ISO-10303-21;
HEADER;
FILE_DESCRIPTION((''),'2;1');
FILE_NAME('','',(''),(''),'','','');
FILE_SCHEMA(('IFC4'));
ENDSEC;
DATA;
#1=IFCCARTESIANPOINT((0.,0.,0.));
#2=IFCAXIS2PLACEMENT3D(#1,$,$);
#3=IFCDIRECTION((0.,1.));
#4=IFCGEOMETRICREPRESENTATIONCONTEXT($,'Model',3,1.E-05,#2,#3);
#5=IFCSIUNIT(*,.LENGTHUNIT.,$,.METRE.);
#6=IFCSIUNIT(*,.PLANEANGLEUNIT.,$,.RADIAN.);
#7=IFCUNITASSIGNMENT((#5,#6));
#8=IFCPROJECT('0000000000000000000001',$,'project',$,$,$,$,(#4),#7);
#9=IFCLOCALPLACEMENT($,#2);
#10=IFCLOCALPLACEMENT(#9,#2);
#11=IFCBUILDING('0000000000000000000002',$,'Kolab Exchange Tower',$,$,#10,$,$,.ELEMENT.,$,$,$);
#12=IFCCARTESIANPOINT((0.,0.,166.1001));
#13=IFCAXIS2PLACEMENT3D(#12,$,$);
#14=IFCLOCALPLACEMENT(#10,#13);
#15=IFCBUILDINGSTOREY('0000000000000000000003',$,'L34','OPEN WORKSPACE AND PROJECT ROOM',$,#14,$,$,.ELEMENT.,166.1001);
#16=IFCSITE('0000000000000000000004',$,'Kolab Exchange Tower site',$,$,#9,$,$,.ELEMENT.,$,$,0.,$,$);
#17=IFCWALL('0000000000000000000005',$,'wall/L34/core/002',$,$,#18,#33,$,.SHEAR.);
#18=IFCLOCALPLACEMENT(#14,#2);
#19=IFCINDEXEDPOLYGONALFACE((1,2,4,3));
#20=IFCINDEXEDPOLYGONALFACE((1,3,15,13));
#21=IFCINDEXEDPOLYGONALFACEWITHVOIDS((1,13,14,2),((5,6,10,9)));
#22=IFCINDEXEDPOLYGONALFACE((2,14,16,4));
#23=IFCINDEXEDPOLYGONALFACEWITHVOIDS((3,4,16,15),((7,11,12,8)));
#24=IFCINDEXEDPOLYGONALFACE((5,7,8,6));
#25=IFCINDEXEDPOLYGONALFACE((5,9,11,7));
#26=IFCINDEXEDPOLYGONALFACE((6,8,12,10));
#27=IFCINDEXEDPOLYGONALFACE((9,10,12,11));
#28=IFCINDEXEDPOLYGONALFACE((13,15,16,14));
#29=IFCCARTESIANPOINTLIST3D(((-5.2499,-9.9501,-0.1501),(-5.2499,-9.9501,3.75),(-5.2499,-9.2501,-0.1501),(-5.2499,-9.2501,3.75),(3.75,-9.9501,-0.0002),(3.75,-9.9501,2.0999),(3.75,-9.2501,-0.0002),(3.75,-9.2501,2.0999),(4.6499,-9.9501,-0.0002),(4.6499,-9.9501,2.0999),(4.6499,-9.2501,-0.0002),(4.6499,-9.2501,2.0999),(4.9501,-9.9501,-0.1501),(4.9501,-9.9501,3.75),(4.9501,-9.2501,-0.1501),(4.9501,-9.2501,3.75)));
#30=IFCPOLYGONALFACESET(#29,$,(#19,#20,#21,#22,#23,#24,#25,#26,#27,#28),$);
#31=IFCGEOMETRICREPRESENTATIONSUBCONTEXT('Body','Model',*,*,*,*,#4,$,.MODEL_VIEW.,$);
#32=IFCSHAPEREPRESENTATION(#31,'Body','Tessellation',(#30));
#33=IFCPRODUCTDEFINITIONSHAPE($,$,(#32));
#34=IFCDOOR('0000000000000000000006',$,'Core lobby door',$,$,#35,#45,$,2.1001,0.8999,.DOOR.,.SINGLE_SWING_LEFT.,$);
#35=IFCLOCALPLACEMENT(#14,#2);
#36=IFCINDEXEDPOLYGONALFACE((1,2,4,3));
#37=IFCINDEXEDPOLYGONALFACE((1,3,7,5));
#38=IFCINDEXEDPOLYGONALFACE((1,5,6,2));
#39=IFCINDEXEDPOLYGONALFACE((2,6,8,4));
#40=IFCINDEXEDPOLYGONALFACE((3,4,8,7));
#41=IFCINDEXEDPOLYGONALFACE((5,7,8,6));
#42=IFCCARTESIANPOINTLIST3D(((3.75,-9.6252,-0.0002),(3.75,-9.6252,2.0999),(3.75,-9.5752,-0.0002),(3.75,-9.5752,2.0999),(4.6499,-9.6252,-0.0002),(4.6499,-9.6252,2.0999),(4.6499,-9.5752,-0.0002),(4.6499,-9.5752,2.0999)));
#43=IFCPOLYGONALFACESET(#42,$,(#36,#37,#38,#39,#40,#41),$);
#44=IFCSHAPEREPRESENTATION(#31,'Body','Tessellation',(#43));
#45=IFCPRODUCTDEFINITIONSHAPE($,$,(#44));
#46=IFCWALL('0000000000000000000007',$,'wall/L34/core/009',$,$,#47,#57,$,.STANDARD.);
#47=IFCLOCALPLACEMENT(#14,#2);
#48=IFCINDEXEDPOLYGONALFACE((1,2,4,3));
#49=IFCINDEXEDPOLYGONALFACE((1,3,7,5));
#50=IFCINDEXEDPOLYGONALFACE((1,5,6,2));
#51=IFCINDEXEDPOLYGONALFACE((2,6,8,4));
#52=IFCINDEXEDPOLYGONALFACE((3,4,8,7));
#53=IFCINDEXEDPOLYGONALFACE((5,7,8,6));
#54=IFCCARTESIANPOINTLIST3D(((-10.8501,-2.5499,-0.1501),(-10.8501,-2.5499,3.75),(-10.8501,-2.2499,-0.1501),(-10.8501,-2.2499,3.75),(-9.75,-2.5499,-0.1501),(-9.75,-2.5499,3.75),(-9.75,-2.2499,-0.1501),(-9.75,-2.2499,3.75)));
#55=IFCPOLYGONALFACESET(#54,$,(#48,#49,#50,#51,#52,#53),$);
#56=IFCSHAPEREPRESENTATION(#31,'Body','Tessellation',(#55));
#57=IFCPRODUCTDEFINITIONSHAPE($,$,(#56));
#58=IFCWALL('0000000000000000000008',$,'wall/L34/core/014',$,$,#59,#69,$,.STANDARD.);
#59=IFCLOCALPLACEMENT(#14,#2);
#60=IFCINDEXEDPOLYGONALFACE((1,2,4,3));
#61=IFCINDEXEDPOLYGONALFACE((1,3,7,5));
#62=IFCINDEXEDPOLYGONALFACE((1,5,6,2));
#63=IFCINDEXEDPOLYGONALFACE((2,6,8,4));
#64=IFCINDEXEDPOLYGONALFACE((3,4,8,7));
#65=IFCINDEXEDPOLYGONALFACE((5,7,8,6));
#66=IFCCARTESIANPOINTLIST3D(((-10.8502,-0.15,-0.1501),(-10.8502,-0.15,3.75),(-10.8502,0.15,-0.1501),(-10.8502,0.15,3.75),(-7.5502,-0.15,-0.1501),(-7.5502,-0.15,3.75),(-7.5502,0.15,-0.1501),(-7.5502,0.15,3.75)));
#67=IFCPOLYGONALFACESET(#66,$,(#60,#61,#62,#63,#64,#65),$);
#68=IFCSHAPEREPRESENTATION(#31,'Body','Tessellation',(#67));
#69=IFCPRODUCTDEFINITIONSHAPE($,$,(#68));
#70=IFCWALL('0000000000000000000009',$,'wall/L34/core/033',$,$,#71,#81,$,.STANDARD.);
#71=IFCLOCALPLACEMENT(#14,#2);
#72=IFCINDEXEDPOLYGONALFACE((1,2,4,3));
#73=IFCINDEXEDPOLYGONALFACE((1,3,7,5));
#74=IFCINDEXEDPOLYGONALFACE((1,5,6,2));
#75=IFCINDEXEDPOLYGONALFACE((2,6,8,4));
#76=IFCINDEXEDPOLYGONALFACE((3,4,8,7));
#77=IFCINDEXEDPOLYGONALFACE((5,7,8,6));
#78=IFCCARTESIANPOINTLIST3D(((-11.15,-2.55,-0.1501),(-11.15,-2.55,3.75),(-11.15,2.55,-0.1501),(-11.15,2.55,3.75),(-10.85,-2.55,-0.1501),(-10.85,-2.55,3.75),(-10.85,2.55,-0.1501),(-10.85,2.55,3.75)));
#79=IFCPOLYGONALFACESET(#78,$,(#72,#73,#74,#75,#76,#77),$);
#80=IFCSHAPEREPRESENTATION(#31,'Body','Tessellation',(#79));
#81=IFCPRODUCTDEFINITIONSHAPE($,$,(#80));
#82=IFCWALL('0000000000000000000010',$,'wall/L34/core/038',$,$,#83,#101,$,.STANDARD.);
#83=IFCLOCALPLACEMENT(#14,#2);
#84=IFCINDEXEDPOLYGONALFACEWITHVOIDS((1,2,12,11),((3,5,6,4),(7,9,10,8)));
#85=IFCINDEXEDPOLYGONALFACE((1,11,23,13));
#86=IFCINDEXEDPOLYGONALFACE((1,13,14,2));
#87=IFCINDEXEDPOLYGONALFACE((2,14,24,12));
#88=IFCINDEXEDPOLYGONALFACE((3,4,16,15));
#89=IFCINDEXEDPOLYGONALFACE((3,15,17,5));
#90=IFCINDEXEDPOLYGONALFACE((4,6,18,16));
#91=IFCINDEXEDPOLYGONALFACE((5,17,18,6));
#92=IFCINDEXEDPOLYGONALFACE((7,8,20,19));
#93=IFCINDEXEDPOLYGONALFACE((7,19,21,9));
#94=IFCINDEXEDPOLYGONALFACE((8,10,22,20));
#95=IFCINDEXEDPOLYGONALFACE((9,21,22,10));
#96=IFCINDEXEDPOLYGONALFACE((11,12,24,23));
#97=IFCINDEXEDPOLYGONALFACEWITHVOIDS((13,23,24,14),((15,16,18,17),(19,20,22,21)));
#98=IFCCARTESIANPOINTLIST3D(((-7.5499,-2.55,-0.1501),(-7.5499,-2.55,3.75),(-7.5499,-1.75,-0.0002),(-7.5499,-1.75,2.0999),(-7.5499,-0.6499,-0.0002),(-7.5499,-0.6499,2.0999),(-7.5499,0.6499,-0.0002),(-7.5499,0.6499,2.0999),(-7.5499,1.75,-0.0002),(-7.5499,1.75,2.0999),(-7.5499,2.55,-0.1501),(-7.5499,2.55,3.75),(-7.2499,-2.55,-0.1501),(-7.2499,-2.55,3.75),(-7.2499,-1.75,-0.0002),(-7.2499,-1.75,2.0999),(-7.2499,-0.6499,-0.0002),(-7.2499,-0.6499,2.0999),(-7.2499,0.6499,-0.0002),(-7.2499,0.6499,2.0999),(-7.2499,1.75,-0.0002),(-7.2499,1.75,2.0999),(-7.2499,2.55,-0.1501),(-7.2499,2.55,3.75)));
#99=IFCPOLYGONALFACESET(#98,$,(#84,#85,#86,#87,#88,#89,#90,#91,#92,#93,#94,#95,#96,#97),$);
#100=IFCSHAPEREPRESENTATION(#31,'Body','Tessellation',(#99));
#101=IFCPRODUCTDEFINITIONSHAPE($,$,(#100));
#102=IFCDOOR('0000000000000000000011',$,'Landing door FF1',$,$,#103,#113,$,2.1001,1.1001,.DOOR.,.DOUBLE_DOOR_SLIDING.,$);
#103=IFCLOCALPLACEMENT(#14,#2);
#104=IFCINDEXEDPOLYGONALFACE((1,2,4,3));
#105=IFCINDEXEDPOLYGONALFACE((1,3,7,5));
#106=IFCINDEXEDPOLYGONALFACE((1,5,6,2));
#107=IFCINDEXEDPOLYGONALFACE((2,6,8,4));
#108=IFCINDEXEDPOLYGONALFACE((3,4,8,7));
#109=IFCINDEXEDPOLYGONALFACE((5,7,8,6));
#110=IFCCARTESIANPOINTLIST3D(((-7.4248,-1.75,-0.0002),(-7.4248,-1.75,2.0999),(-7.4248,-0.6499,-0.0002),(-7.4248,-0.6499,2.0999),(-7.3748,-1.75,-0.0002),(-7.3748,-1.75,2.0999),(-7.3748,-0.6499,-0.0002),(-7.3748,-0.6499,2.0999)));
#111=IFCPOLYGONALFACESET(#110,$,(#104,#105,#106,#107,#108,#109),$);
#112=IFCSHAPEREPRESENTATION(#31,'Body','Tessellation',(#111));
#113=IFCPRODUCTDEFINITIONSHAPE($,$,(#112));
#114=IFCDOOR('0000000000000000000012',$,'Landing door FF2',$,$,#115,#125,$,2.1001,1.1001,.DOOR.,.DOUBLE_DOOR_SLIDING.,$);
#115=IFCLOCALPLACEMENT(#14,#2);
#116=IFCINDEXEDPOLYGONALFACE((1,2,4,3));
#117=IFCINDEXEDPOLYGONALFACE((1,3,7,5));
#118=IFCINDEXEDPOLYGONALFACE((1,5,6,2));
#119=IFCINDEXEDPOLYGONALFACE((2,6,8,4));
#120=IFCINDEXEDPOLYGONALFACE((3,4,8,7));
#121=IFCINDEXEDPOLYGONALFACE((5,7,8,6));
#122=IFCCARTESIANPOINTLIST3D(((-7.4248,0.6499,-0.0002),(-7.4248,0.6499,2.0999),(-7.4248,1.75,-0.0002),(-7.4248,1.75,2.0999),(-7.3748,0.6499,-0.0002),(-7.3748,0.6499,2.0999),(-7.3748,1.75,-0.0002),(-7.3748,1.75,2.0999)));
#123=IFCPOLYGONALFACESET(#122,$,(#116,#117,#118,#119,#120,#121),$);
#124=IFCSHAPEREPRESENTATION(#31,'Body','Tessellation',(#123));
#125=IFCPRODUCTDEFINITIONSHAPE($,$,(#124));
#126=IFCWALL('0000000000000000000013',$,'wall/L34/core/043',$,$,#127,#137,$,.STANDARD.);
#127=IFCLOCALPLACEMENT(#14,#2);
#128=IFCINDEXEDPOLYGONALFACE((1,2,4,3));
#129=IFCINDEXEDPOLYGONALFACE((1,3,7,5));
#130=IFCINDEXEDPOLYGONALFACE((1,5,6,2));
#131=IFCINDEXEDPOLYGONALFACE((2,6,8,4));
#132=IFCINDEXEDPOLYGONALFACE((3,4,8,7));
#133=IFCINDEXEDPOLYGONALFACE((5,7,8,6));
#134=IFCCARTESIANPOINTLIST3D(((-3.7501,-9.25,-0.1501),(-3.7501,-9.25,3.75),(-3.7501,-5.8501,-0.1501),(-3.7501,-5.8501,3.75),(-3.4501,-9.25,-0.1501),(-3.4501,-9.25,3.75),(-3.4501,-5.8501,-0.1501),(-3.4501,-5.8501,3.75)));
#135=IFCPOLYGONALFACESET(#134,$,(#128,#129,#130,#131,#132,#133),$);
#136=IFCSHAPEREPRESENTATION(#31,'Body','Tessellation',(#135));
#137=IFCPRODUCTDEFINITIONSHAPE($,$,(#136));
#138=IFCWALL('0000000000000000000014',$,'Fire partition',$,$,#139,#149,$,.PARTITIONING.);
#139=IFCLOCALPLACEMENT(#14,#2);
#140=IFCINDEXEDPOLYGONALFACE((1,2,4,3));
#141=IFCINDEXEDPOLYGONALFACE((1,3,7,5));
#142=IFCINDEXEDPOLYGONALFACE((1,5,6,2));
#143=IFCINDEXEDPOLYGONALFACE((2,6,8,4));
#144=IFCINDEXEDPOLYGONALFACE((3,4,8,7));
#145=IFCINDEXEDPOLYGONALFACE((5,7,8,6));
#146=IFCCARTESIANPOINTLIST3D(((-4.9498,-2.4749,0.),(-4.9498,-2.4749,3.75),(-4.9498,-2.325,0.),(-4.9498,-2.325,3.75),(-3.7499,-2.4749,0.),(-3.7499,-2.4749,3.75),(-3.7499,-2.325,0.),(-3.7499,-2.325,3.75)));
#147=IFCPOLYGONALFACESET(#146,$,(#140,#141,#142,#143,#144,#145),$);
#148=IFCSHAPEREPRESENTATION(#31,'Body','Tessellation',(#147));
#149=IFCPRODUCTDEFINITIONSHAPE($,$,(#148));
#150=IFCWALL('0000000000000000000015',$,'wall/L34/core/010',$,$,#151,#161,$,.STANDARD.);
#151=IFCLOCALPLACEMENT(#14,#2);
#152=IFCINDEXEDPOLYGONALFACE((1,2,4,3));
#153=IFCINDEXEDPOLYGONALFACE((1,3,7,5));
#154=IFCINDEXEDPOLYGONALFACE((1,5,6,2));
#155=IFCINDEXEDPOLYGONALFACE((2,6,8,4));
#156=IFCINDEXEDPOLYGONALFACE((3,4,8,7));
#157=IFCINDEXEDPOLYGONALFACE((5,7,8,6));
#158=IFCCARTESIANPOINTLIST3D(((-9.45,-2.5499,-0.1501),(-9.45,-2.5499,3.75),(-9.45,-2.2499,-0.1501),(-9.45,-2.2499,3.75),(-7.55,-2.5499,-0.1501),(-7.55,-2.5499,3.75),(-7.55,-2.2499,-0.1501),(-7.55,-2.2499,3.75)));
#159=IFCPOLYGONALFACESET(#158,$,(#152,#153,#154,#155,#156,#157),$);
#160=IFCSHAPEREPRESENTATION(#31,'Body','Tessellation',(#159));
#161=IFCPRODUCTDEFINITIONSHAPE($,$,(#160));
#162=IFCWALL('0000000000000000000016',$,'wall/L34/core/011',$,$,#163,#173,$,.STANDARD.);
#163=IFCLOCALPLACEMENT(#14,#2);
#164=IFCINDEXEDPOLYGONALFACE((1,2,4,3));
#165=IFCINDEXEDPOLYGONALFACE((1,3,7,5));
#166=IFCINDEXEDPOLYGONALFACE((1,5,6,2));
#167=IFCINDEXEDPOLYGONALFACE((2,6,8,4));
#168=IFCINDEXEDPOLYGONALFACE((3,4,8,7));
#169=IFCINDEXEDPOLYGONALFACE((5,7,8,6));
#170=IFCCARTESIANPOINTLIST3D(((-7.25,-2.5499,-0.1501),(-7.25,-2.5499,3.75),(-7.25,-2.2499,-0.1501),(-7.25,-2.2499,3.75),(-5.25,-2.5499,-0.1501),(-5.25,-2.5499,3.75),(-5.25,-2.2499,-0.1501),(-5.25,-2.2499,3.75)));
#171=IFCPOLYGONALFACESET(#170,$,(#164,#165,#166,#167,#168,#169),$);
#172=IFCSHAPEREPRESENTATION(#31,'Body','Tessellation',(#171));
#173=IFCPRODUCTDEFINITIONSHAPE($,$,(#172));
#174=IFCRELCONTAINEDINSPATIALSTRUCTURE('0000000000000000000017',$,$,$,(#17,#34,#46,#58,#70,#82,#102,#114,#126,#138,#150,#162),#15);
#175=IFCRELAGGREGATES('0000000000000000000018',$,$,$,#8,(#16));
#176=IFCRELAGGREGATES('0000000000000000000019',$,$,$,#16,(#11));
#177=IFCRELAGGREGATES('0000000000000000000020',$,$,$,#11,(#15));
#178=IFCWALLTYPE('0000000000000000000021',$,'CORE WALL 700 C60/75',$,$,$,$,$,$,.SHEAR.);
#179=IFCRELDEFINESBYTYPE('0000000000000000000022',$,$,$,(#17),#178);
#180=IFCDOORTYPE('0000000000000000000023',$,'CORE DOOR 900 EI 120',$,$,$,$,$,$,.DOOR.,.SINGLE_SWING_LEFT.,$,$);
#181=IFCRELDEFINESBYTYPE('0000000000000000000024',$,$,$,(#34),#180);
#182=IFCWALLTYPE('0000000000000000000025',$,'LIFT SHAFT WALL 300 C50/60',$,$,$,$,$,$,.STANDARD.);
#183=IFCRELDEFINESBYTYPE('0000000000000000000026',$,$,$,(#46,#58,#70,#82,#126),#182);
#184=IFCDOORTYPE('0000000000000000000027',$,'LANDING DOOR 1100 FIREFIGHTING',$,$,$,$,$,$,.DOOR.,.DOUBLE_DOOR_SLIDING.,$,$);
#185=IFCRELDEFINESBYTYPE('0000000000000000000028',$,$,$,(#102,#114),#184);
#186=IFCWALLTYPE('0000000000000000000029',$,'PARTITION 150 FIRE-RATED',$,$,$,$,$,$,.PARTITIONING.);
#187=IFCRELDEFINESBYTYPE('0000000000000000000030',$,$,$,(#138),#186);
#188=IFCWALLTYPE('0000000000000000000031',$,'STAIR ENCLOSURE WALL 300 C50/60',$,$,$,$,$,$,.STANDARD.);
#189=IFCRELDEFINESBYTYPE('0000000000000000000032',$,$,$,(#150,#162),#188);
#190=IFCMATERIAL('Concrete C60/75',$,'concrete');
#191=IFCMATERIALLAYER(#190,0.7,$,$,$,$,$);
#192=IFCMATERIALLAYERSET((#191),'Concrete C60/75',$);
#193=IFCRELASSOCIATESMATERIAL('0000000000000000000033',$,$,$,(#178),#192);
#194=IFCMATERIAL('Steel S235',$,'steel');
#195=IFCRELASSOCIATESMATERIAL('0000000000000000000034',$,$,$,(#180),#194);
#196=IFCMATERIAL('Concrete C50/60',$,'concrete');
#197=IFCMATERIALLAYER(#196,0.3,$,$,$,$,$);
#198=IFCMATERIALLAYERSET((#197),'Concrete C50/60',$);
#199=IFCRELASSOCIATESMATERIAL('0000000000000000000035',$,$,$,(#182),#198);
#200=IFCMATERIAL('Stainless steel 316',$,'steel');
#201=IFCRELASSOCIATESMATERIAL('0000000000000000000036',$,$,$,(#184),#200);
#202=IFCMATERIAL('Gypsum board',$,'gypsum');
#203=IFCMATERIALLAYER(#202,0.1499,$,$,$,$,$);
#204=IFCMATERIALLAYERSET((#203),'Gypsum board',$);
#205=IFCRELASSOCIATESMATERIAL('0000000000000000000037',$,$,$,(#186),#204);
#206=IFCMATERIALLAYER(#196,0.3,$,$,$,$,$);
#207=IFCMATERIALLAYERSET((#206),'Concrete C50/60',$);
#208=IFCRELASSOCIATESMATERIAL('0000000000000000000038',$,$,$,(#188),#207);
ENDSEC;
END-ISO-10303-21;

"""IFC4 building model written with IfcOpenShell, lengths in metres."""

from ifc_helpers import new_model, si_unit, direction, frame, frame_2d, origin, place, context, subcontext, project, spatial, rectangle, extrude, material, layer, layer_set, type_object, element, fill, save


model = new_model("IFC4")

# Units and contexts
model_context = context("Model", 3, precision=1e-05, world=origin(), true_north=direction((0.0, 1.0)))
body_context = subcontext(model_context, "Body", "Model", "MODEL_VIEW")
ifc_project = project(units=[si_unit("LENGTHUNIT", "METRE"), si_unit("PLANEANGLEUNIT", "RADIAN")], contexts=[model_context])

# Site, building, storey
site_placement = place(None, origin())
site = spatial("IfcSite", under=ifc_project, at=site_placement, Name="Kolab Exchange Tower site", CompositionType="ELEMENT", RefElevation=0.0)
building_placement = place(site_placement, origin())
building = spatial("IfcBuilding", under=site, at=building_placement, Name="Kolab Exchange Tower", CompositionType="ELEMENT")
storey_placement = place(building_placement, frame((0.0, 0.0, 166.1001)))
storey = spatial("IfcBuildingStorey", under=building, at=storey_placement, Name="L34", Description="OPEN WORKSPACE AND PROJECT ROOM", CompositionType="ELEMENT", Elevation=166.1001)

# Wall, opening, door
ifc_material_1 = material(Name="Concrete C60/75", Category="concrete")
ifc_layer_1 = layer(ifc_material_1, 0.7)
ifc_layer_set_1 = layer_set([ifc_layer_1], Name="Concrete C60/75")
wall_type_1 = type_object("IfcWallType", Name="CORE WALL 700 C60/75", PredefinedType="SHEAR", material=ifc_layer_set_1)
wall_1_placement = place(storey_placement, frame((-5.25, -9.6001, -0.1501), z_axis=(0.0, 0.0, 1.0), x_axis=(1.0, 0.0, 0.0)))
wall_1 = element("IfcWall", 1, at=wall_1_placement, inside=storey, type_object=wall_type_1, Name="wall/L34/core/002", PredefinedType="SHEAR", context=body_context, shape_type="SweptSolid", body=[
    extrude(rectangle(XDim=10.2, YDim=0.7, at=frame_2d((5.1001, 0.0))), origin(), (0.0, 0.0, 1.0), 3.9001),
])
opening_1_placement = place(wall_1_placement, frame((9.0, 0.0, 0.1499)))
opening_1 = element("IfcOpeningElement", 2, at=opening_1_placement, cuts=wall_1, PredefinedType="OPENING", context=body_context, shape_type="SweptSolid", body=[
    extrude(rectangle(XDim=0.8999, YDim=2.1001, at=frame_2d((0.45, 1.05))), frame((0.0, 0.3599, 0.0), z_axis=(0.0, -1.0, 0.0), x_axis=(1.0, 0.0, 0.0)), (0.0, 0.0, 1.0), 0.72),
])
ifc_material_2 = material(Name="Steel S235", Category="steel")
door_type_1 = type_object("IfcDoorType", Name="CORE DOOR 900 EI 120", OperationType="SINGLE_SWING_LEFT", PredefinedType="DOOR", material=ifc_material_2)
door_1_placement = place(opening_1_placement, origin())
door_1 = element("IfcDoor", 3, at=door_1_placement, inside=storey, type_object=door_type_1, Name="Core lobby door", OperationType="SINGLE_SWING_LEFT", OverallHeight=2.1001, OverallWidth=0.8999, PredefinedType="DOOR", context=body_context, shape_type="SweptSolid", body=[
    extrude(rectangle(XDim=0.8999, YDim=2.1001, at=frame_2d((0.45, 1.05))), frame((0.0, 0.0249, 0.0), z_axis=(0.0, -1.0, 0.0), x_axis=(1.0, 0.0, 0.0)), (0.0, 0.0, 1.0), 0.05),
])
fill(opening_1, door_1)

# Walls
ifc_material_3 = material(Name="Concrete C50/60", Category="concrete")
ifc_layer_2 = layer(ifc_material_3, 0.3)
ifc_layer_set_2 = layer_set([ifc_layer_2], Name="Concrete C50/60")
wall_type_2 = type_object("IfcWallType", Name="LIFT SHAFT WALL 300 C50/60", PredefinedType="STANDARD", material=ifc_layer_set_2)
wall_2_placement = place(storey_placement, frame((-10.8501, -2.3999, -0.1501), z_axis=(0.0, 0.0, 1.0), x_axis=(1.0, 0.0, 0.0)))
element("IfcWall", 4, at=wall_2_placement, inside=storey, type_object=wall_type_2, Name="wall/L34/core/009", PredefinedType="STANDARD", context=body_context, shape_type="SweptSolid", body=[
    extrude(rectangle(XDim=1.1001, YDim=0.3, at=frame_2d((0.55, 0.0))), origin(), (0.0, 0.0, 1.0), 3.9001),
])
wall_3_placement = place(storey_placement, frame((-10.8501, 0.0, -0.1501), z_axis=(0.0, 0.0, 1.0), x_axis=(1.0, 0.0, 0.0)))
element("IfcWall", 5, at=wall_3_placement, inside=storey, type_object=wall_type_2, Name="wall/L34/core/014", PredefinedType="STANDARD", context=body_context, shape_type="SweptSolid", body=[
    extrude(rectangle(XDim=3.3, YDim=0.3, at=frame_2d((1.6499, 0.0))), origin(), (0.0, 0.0, 1.0), 3.9001),
])
wall_4_placement = place(storey_placement, frame((-11.0, -2.55, -0.1501), z_axis=(0.0, 0.0, 1.0), x_axis=(0.0, 1.0, 0.0)))
element("IfcWall", 6, at=wall_4_placement, inside=storey, type_object=wall_type_2, Name="wall/L34/core/033", PredefinedType="STANDARD", context=body_context, shape_type="SweptSolid", body=[
    extrude(rectangle(XDim=5.1001, YDim=0.3, at=frame_2d((2.55, 0.0))), origin(), (0.0, 0.0, 1.0), 3.9001),
])

# Wall, openings, doors
wall_5_placement = place(storey_placement, frame((-7.3999, -2.55, -0.1501), z_axis=(0.0, 0.0, 1.0), x_axis=(0.0, 1.0, 0.0)))
wall_5 = element("IfcWall", 7, at=wall_5_placement, inside=storey, type_object=wall_type_2, Name="wall/L34/core/038", PredefinedType="STANDARD", context=body_context, shape_type="SweptSolid", body=[
    extrude(rectangle(XDim=5.1001, YDim=0.3, at=frame_2d((2.55, 0.0))), origin(), (0.0, 0.0, 1.0), 3.9001),
])
opening_2_placement = place(wall_5_placement, frame((0.8, 0.0, 0.1499)))
opening_2 = element("IfcOpeningElement", 8, at=opening_2_placement, cuts=wall_5, PredefinedType="OPENING", context=body_context, shape_type="SweptSolid", body=[
    extrude(rectangle(XDim=1.1001, YDim=2.1001, at=frame_2d((0.55, 1.05))), frame((0.0, 0.1602, 0.0), z_axis=(0.0, -1.0, 0.0), x_axis=(1.0, 0.0, 0.0)), (0.0, 0.0, 1.0), 0.3201),
])
opening_3_placement = place(wall_5_placement, frame((3.2, 0.0, 0.1499)))
opening_3 = element("IfcOpeningElement", 9, at=opening_3_placement, cuts=wall_5, PredefinedType="OPENING", context=body_context, shape_type="SweptSolid", body=[
    extrude(rectangle(XDim=1.1001, YDim=2.1001, at=frame_2d((0.55, 1.05))), frame((0.0, 0.1602, 0.0), z_axis=(0.0, -1.0, 0.0), x_axis=(1.0, 0.0, 0.0)), (0.0, 0.0, 1.0), 0.3201),
])
ifc_material_4 = material(Name="Stainless steel 316", Category="steel")
door_type_2 = type_object("IfcDoorType", Name="LANDING DOOR 1100 FIREFIGHTING", OperationType="DOUBLE_DOOR_SLIDING", PredefinedType="DOOR", material=ifc_material_4)
door_2_placement = place(opening_2_placement, origin())
door_2 = element("IfcDoor", 10, at=door_2_placement, inside=storey, type_object=door_type_2, Name="Landing door FF1", OperationType="DOUBLE_DOOR_SLIDING", OverallHeight=2.1001, OverallWidth=1.1001, PredefinedType="DOOR", context=body_context, shape_type="SweptSolid", body=[
    extrude(rectangle(XDim=1.1001, YDim=2.1001, at=frame_2d((0.55, 1.05))), frame((0.0, 0.0249, 0.0), z_axis=(0.0, -1.0, 0.0), x_axis=(1.0, 0.0, 0.0)), (0.0, 0.0, 1.0), 0.05),
])
fill(opening_2, door_2)
door_3_placement = place(opening_3_placement, origin())
door_3 = element("IfcDoor", 11, at=door_3_placement, inside=storey, type_object=door_type_2, Name="Landing door FF2", OperationType="DOUBLE_DOOR_SLIDING", OverallHeight=2.1001, OverallWidth=1.1001, PredefinedType="DOOR", context=body_context, shape_type="SweptSolid", body=[
    extrude(rectangle(XDim=1.1001, YDim=2.1001, at=frame_2d((0.55, 1.05))), frame((0.0, 0.0249, 0.0), z_axis=(0.0, -1.0, 0.0), x_axis=(1.0, 0.0, 0.0)), (0.0, 0.0, 1.0), 0.05),
])
fill(opening_3, door_3)

# Walls
wall_6_placement = place(storey_placement, frame((-3.6001, -9.25, -0.1501), z_axis=(0.0, 0.0, 1.0), x_axis=(0.0, 1.0, 0.0)))
element("IfcWall", 12, at=wall_6_placement, inside=storey, type_object=wall_type_2, Name="wall/L34/core/043", PredefinedType="STANDARD", context=body_context, shape_type="SweptSolid", body=[
    extrude(rectangle(XDim=3.3999, YDim=0.3, at=frame_2d((1.7, 0.0))), origin(), (0.0, 0.0, 1.0), 3.9001),
])
ifc_material_5 = material(Name="Gypsum board", Category="gypsum")
ifc_layer_3 = layer(ifc_material_5, 0.1499)
ifc_layer_set_3 = layer_set([ifc_layer_3], Name="Gypsum board")
wall_type_3 = type_object("IfcWallType", Name="PARTITION 150 FIRE-RATED", PredefinedType="PARTITIONING", material=ifc_layer_set_3)
wall_7_placement = place(storey_placement, frame((-4.95, -2.3999, 0.0), z_axis=(0.0, 0.0, 1.0), x_axis=(1.0, 0.0, 0.0)))
element("IfcWall", 13, at=wall_7_placement, inside=storey, type_object=wall_type_3, Name="Fire partition", PredefinedType="PARTITIONING", context=body_context, shape_type="SweptSolid", body=[
    extrude(rectangle(XDim=1.2, YDim=0.1499, at=frame_2d((0.6001, 0.0))), origin(), (0.0, 0.0, 1.0), 3.75),
])
ifc_layer_4 = layer(ifc_material_3, 0.3)
ifc_layer_set_4 = layer_set([ifc_layer_4], Name="Concrete C50/60")
wall_type_4 = type_object("IfcWallType", Name="STAIR ENCLOSURE WALL 300 C50/60", PredefinedType="STANDARD", material=ifc_layer_set_4)
wall_8_placement = place(storey_placement, frame((-9.45, -2.3999, -0.1501), z_axis=(0.0, 0.0, 1.0), x_axis=(1.0, 0.0, 0.0)))
element("IfcWall", 14, at=wall_8_placement, inside=storey, type_object=wall_type_4, Name="wall/L34/core/010", PredefinedType="STANDARD", context=body_context, shape_type="SweptSolid", body=[
    extrude(rectangle(XDim=1.8999, YDim=0.3, at=frame_2d((0.95, 0.0))), origin(), (0.0, 0.0, 1.0), 3.9001),
])
wall_9_placement = place(storey_placement, frame((-7.25, -2.3999, -0.1501), z_axis=(0.0, 0.0, 1.0), x_axis=(1.0, 0.0, 0.0)))
element("IfcWall", 15, at=wall_9_placement, inside=storey, type_object=wall_type_4, Name="wall/L34/core/011", PredefinedType="STANDARD", context=body_context, shape_type="SweptSolid", body=[
    extrude(rectangle(XDim=2.0, YDim=0.3, at=frame_2d((1.0, 0.0))), origin(), (0.0, 0.0, 1.0), 3.9001),
])

save(model, "model.ifc")
